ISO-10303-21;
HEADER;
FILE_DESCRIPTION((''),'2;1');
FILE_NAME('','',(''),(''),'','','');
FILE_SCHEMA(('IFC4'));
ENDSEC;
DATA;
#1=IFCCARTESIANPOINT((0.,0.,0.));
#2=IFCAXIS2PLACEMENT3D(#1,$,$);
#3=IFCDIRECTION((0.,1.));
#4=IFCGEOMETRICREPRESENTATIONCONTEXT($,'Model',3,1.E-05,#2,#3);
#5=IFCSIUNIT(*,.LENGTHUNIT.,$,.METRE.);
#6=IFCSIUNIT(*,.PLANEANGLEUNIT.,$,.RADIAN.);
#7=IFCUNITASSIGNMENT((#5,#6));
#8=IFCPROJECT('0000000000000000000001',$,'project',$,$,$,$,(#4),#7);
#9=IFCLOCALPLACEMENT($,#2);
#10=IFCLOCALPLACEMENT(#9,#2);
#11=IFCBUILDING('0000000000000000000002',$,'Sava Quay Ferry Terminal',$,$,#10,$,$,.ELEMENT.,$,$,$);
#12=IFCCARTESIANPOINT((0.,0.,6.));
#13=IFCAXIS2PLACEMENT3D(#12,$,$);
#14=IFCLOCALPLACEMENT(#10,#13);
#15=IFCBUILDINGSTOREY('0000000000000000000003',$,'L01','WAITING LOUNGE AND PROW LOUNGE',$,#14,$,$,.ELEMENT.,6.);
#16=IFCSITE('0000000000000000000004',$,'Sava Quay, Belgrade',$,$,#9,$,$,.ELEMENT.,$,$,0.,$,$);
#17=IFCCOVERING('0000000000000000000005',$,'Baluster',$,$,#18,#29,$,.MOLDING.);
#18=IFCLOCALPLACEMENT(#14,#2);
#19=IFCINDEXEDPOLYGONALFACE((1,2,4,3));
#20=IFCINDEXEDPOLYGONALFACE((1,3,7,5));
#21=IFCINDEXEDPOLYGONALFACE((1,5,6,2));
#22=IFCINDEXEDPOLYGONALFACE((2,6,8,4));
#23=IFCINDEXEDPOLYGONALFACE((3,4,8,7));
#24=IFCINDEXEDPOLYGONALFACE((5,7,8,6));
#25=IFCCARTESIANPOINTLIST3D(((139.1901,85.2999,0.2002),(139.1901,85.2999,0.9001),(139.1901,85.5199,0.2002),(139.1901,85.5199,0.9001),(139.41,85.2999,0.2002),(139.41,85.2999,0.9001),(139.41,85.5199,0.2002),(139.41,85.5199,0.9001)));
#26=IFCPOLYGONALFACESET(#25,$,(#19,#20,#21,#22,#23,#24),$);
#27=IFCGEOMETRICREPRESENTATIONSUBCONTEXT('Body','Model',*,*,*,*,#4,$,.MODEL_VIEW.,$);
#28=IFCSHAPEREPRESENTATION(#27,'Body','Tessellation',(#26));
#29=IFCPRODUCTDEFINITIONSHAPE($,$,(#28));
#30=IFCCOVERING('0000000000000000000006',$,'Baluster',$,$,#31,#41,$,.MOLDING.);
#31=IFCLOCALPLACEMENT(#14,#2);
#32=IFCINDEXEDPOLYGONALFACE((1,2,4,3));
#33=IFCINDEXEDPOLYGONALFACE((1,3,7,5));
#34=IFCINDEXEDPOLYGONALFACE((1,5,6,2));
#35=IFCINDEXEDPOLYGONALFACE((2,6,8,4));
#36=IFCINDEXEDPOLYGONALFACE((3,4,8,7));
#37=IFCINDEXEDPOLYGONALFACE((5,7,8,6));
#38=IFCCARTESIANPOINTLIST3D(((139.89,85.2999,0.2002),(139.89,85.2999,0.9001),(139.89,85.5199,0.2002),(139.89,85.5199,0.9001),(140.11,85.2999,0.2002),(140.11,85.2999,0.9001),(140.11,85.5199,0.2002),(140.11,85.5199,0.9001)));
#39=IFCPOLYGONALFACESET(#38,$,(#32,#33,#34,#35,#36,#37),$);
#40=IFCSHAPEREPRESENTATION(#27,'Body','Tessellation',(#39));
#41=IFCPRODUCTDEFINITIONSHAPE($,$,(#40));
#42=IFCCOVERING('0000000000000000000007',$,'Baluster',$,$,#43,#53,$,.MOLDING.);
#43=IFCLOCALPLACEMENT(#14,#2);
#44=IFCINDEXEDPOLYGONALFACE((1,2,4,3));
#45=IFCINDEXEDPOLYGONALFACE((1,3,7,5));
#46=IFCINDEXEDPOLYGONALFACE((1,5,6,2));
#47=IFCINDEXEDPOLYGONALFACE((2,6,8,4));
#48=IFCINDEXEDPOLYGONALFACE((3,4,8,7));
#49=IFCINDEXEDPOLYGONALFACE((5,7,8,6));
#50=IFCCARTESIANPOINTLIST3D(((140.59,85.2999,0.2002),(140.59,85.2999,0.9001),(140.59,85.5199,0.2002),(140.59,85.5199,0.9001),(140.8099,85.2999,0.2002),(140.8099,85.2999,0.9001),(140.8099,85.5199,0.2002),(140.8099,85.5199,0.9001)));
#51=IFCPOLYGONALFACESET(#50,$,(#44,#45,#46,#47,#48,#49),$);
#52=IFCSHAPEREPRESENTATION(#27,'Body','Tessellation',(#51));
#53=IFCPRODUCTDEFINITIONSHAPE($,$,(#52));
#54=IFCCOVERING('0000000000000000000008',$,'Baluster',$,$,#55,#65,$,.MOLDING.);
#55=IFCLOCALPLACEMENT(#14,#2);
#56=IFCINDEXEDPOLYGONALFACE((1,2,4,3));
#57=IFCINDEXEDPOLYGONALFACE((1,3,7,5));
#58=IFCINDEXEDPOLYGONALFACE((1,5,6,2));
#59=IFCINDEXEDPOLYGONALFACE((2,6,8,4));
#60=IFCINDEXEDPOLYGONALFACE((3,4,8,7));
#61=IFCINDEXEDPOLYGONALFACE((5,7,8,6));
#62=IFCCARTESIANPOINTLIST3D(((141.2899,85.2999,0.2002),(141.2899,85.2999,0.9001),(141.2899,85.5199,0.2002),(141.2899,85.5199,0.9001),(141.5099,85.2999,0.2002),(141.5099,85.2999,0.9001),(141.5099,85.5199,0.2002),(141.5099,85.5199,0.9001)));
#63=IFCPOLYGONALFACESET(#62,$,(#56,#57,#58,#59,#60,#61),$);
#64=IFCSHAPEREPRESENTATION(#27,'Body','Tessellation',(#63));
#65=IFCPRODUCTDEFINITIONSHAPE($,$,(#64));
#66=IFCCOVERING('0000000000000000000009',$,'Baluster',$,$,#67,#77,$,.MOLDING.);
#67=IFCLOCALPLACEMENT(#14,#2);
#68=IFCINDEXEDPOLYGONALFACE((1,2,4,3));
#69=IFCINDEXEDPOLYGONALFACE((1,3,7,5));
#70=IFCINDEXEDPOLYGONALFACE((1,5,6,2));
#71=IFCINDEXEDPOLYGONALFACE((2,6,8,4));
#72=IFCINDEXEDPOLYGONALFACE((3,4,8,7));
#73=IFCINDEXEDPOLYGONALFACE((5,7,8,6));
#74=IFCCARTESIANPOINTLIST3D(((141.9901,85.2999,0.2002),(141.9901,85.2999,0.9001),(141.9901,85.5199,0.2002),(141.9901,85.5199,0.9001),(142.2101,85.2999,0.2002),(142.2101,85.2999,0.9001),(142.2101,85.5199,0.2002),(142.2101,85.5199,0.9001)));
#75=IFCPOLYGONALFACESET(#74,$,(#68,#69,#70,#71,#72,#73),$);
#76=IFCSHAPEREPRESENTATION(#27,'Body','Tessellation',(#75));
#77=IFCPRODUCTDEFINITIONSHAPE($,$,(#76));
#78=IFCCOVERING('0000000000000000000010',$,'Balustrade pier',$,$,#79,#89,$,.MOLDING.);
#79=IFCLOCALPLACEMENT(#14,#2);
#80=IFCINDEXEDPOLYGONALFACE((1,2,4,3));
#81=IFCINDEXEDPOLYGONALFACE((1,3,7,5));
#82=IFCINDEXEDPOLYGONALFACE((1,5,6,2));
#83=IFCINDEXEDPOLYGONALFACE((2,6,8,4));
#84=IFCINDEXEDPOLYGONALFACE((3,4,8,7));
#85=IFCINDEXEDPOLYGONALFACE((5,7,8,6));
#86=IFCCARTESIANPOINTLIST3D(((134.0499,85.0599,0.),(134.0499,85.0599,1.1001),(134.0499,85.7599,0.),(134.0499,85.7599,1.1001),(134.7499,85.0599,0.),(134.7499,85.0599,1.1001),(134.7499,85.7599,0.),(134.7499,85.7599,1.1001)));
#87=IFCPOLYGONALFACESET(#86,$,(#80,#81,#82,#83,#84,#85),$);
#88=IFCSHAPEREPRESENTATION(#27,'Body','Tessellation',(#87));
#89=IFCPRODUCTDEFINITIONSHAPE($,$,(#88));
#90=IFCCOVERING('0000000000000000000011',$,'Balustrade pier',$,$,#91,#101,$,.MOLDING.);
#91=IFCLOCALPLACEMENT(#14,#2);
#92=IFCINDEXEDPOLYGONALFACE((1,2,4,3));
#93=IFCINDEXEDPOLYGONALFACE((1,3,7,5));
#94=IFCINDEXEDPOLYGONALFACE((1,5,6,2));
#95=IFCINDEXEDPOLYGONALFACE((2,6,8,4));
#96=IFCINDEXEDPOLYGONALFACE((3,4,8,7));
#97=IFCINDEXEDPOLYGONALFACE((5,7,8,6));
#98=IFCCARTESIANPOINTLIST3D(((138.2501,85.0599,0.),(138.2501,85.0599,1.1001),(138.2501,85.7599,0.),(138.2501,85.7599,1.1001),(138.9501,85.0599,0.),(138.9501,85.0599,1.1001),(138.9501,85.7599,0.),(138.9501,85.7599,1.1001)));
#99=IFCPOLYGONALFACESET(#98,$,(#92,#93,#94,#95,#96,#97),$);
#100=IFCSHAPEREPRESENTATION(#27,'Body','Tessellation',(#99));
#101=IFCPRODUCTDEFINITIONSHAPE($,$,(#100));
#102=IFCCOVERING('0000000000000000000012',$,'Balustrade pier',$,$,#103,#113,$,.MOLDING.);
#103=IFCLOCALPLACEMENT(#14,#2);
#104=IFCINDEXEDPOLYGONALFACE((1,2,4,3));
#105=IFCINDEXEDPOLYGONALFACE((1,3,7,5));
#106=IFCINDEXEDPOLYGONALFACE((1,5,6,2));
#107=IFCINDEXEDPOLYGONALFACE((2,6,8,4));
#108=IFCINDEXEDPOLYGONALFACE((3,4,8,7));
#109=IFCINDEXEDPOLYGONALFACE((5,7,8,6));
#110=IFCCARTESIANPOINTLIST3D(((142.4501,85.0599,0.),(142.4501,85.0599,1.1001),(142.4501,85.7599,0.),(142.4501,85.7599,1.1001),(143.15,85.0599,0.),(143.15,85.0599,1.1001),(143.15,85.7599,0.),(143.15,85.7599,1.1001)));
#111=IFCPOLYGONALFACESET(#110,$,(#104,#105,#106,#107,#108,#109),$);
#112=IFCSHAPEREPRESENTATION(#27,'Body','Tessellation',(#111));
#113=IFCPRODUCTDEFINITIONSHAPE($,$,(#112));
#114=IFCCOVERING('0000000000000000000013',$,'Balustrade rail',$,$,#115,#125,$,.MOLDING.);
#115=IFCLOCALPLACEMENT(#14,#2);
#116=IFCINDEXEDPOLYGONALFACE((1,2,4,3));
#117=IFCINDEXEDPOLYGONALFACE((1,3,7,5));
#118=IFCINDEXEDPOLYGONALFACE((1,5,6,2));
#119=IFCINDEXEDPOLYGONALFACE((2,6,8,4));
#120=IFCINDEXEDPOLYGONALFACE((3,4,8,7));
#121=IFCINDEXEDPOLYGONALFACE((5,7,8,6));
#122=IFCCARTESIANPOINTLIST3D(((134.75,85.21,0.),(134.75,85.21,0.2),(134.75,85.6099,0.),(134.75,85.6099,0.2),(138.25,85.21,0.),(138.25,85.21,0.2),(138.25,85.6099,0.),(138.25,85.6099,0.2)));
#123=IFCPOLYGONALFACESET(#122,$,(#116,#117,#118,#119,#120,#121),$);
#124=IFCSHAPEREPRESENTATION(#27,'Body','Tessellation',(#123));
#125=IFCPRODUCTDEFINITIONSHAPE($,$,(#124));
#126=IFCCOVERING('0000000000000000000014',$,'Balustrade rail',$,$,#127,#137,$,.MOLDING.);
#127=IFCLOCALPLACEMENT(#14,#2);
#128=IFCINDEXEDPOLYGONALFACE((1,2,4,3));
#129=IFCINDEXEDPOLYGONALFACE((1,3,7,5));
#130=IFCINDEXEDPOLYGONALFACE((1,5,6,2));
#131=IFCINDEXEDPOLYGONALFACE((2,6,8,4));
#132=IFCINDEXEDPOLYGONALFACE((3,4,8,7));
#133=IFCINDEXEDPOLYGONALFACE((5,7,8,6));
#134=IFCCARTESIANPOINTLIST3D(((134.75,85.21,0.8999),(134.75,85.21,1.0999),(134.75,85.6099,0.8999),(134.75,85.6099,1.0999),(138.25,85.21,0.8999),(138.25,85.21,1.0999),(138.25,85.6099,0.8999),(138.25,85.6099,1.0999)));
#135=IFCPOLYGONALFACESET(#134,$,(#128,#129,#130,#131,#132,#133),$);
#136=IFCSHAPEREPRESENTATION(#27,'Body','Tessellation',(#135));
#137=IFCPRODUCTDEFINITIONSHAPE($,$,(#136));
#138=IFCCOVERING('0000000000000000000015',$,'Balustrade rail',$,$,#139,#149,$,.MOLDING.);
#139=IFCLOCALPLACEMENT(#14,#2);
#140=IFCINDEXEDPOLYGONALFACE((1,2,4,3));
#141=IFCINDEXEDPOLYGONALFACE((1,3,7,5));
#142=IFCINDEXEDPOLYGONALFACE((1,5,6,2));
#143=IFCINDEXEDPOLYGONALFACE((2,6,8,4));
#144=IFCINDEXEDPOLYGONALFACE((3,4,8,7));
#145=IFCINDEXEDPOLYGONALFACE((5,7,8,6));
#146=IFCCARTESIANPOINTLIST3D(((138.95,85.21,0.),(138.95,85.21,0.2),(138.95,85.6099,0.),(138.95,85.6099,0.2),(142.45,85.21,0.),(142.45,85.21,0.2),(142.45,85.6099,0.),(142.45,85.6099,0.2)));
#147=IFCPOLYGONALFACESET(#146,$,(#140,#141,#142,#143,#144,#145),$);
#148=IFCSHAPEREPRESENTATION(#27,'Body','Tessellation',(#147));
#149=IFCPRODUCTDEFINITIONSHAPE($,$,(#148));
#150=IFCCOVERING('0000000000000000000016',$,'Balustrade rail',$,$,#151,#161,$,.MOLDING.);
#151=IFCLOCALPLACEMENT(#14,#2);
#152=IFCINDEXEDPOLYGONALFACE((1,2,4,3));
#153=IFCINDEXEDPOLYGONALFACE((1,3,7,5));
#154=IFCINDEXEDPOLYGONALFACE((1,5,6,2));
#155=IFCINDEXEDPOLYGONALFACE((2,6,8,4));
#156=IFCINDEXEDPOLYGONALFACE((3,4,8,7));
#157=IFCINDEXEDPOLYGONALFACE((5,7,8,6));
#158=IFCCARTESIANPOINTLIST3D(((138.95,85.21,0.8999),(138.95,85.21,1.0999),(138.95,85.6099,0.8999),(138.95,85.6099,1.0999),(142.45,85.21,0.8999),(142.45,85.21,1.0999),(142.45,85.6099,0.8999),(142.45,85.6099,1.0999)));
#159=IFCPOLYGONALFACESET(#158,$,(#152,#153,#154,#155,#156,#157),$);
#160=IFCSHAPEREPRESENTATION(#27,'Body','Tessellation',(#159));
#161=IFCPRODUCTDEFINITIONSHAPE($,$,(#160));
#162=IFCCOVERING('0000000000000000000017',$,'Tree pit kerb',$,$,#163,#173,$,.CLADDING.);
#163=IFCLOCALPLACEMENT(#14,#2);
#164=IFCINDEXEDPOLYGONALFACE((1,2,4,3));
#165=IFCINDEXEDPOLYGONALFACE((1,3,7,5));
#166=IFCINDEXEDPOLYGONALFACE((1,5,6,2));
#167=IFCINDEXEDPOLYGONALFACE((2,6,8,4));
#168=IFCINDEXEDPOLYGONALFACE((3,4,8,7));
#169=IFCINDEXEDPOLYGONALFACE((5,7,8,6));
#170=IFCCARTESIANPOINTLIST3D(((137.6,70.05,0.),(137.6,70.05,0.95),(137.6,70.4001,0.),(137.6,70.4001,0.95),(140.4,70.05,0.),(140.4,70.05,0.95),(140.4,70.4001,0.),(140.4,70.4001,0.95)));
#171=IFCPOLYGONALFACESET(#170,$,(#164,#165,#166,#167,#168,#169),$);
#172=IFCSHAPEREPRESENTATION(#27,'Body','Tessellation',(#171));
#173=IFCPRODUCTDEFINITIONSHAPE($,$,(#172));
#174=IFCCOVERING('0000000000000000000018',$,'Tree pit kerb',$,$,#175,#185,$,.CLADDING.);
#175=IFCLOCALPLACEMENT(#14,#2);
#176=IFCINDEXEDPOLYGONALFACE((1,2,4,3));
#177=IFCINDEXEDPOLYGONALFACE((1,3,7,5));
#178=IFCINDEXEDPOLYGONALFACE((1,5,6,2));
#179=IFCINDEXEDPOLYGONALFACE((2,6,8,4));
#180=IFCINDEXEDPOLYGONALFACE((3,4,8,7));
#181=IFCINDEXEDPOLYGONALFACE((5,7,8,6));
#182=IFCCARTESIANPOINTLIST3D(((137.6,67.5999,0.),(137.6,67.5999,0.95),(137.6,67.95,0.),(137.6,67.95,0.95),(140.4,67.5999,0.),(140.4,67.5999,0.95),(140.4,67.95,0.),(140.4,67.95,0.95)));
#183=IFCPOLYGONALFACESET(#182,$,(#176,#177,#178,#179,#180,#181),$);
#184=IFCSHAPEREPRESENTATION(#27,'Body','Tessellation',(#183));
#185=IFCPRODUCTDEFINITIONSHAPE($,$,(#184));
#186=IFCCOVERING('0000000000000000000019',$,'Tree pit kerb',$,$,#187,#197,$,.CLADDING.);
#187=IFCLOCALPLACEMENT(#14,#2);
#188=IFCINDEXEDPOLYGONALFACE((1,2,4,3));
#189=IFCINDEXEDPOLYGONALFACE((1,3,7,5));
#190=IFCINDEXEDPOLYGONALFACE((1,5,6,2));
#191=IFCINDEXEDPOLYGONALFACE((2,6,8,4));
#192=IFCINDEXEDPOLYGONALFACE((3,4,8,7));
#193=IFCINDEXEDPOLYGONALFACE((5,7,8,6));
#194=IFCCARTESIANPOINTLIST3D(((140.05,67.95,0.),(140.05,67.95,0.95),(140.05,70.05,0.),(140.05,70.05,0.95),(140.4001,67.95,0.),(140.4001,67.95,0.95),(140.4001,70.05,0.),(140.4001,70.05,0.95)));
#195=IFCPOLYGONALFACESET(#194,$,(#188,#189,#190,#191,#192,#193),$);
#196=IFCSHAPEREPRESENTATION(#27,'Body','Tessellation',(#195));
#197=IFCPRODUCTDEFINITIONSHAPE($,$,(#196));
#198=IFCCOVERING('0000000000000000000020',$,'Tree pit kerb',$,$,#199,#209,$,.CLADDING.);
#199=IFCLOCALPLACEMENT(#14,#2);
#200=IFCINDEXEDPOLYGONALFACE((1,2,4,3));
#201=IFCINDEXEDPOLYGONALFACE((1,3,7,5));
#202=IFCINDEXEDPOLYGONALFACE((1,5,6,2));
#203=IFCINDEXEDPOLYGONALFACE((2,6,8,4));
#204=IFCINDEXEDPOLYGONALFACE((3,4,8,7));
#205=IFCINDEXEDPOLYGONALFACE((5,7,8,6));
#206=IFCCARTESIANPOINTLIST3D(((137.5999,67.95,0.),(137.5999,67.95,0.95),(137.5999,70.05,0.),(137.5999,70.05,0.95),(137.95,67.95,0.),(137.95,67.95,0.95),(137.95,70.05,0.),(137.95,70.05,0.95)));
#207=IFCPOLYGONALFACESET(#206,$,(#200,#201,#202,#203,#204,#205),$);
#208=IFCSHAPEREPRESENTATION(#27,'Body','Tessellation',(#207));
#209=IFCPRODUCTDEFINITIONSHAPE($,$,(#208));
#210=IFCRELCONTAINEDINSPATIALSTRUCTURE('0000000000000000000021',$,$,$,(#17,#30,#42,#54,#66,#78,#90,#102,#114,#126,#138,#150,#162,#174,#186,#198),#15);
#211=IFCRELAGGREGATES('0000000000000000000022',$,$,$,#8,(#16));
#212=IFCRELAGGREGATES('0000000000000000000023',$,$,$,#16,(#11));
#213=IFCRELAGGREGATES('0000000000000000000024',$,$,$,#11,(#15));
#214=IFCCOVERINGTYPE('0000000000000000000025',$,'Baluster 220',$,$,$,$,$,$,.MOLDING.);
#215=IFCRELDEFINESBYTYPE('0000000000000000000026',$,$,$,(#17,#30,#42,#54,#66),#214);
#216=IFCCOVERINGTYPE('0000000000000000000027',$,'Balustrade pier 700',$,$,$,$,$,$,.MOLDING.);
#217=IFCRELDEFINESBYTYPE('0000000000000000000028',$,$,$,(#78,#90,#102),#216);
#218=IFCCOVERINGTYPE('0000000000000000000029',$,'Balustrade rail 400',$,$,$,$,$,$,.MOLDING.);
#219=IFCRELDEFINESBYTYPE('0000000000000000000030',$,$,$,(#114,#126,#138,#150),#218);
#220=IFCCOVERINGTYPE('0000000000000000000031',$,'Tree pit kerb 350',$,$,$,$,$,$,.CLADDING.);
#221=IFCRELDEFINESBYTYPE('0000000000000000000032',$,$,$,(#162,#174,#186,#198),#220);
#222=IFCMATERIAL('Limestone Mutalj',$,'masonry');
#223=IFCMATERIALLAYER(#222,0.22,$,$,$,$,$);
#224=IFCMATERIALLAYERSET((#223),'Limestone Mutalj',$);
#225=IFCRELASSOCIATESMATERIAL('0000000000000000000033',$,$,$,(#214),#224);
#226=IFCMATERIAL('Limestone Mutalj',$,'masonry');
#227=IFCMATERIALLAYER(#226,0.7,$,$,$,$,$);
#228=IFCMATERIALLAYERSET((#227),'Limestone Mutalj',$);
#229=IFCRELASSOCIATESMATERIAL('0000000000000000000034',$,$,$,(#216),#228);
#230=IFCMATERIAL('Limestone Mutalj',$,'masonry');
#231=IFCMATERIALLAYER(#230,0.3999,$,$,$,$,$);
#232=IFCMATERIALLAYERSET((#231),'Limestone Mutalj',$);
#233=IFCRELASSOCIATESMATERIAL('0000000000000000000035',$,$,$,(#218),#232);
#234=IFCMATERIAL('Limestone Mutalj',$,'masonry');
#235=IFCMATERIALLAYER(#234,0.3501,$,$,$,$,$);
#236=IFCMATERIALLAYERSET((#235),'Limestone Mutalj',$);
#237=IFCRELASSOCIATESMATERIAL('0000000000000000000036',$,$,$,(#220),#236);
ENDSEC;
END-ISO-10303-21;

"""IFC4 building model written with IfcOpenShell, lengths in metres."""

from ifc_helpers import new_model, si_unit, direction, frame, origin, origin_2d, place, context, subcontext, project, spatial, rectangle, extrude, material, layer, layer_set, type_object, element, save


model = new_model("IFC4")

# Units and contexts
model_context = context("Model", 3, precision=1e-05, world=origin(), true_north=direction((0.0, 1.0)))
body_context = subcontext(model_context, "Body", "Model", "MODEL_VIEW")
ifc_project = project(units=[si_unit("LENGTHUNIT", "METRE"), si_unit("PLANEANGLEUNIT", "RADIAN")], contexts=[model_context])

# Site, building, storey
site_placement = place(None, origin())
site = spatial("IfcSite", under=ifc_project, at=site_placement, Name="Sava Quay, Belgrade", CompositionType="ELEMENT", RefElevation=0.0)
building_placement = place(site_placement, origin())
building = spatial("IfcBuilding", under=site, at=building_placement, Name="Sava Quay Ferry Terminal", CompositionType="ELEMENT")
storey_placement = place(building_placement, frame((0.0, 0.0, 6.0)))
storey = spatial("IfcBuildingStorey", under=building, at=storey_placement, Name="L01", Description="WAITING LOUNGE AND PROW LOUNGE", CompositionType="ELEMENT", Elevation=6.0)

# Coverings
ifc_material_1 = material(Name="Limestone Mutalj", Category="masonry")
ifc_layer_1 = layer(ifc_material_1, 0.22)
ifc_layer_set_1 = layer_set([ifc_layer_1], Name="Limestone Mutalj")
covering_type_1 = type_object("IfcCoveringType", Name="Baluster 220", PredefinedType="MOLDING", material=ifc_layer_set_1)
for number, where, z_axis, x_axis, name in (
    (1, (139.3, 85.4099, 0.2002), (0.0, 0.0, 1.0), (1.0, 0.0, 0.0), "Baluster"),
    (2, (140.0, 85.4099, 0.2002), (0.0, 0.0, 1.0), (1.0, 0.0, 0.0), "Baluster"),
    (3, (140.7, 85.4099, 0.2002), (0.0, 0.0, 1.0), (1.0, 0.0, 0.0), "Baluster"),
    (4, (141.3999, 85.4099, 0.2002), (0.0, 0.0, 1.0), (1.0, 0.0, 0.0), "Baluster"),
    (5, (142.1001, 85.4099, 0.2002), (0.0, 0.0, 1.0), (1.0, 0.0, 0.0), "Baluster"),
):
    element("IfcCovering", number, at=place(storey_placement, frame(where, z_axis=z_axis, x_axis=x_axis)), inside=storey, type_object=covering_type_1, Name=name, PredefinedType="MOLDING", context=body_context, shape_type="SweptSolid", body=[
        extrude(rectangle(XDim=0.22, YDim=0.22, at=origin_2d()), origin(), (0.0, 0.0, 1.0), 0.7),
    ])
ifc_material_2 = material(Name="Limestone Mutalj", Category="masonry")
ifc_layer_2 = layer(ifc_material_2, 0.7)
ifc_layer_set_2 = layer_set([ifc_layer_2], Name="Limestone Mutalj")
covering_type_2 = type_object("IfcCoveringType", Name="Balustrade pier 700", PredefinedType="MOLDING", material=ifc_layer_set_2)
for number, where, z_axis, x_axis, name in (
    (6, (134.3999, 85.4099, 0.0), (0.0, 0.0, 1.0), (1.0, 0.0, 0.0), "Balustrade pier"),
    (7, (138.6001, 85.4099, 0.0), (0.0, 0.0, 1.0), (1.0, 0.0, 0.0), "Balustrade pier"),
    (8, (142.8, 85.4099, 0.0), (0.0, 0.0, 1.0), (1.0, 0.0, 0.0), "Balustrade pier"),
):
    element("IfcCovering", number, at=place(storey_placement, frame(where, z_axis=z_axis, x_axis=x_axis)), inside=storey, type_object=covering_type_2, Name=name, PredefinedType="MOLDING", context=body_context, shape_type="SweptSolid", body=[
        extrude(rectangle(XDim=0.7, YDim=0.7, at=origin_2d()), origin(), (0.0, 0.0, 1.0), 1.1001),
    ])
ifc_material_3 = material(Name="Limestone Mutalj", Category="masonry")
ifc_layer_3 = layer(ifc_material_3, 0.3999)
ifc_layer_set_3 = layer_set([ifc_layer_3], Name="Limestone Mutalj")
covering_type_3 = type_object("IfcCoveringType", Name="Balustrade rail 400", PredefinedType="MOLDING", material=ifc_layer_set_3)
for number, where, z_axis, x_axis, name in (
    (9, (136.5, 85.4099, 0.0), (0.0, 0.0, 1.0), (1.0, 0.0, 0.0), "Balustrade rail"),
    (10, (136.5, 85.4099, 0.8999), (0.0, 0.0, 1.0), (1.0, 0.0, 0.0), "Balustrade rail"),
    (11, (140.7, 85.4099, 0.0), (0.0, 0.0, 1.0), (1.0, 0.0, 0.0), "Balustrade rail"),
    (12, (140.7, 85.4099, 0.8999), (0.0, 0.0, 1.0), (1.0, 0.0, 0.0), "Balustrade rail"),
):
    element("IfcCovering", number, at=place(storey_placement, frame(where, z_axis=z_axis, x_axis=x_axis)), inside=storey, type_object=covering_type_3, Name=name, PredefinedType="MOLDING", context=body_context, shape_type="SweptSolid", body=[
        extrude(rectangle(XDim=3.5, YDim=0.3999, at=origin_2d()), origin(), (0.0, 0.0, 1.0), 0.2),
    ])
ifc_material_4 = material(Name="Limestone Mutalj", Category="masonry")
ifc_layer_4 = layer(ifc_material_4, 0.3501)
ifc_layer_set_4 = layer_set([ifc_layer_4], Name="Limestone Mutalj")
covering_type_4 = type_object("IfcCoveringType", Name="Tree pit kerb 350", PredefinedType="CLADDING", material=ifc_layer_set_4)
for number, where, z_axis, x_axis, name in (
    (13, (139.0, 70.2251, 0.0), (0.0, 0.0, 1.0), (1.0, 0.0, 0.0), "Tree pit kerb"),
    (14, (139.0, 67.7749, 0.0), (0.0, 0.0, 1.0), (1.0, 0.0, 0.0), "Tree pit kerb"),
):
    element("IfcCovering", number, at=place(storey_placement, frame(where, z_axis=z_axis, x_axis=x_axis)), inside=storey, type_object=covering_type_4, Name=name, PredefinedType="CLADDING", context=body_context, shape_type="SweptSolid", body=[
        extrude(rectangle(XDim=2.8, YDim=0.3501, at=origin_2d()), origin(), (0.0, 0.0, 1.0), 0.95),
    ])
for number, where, z_axis, x_axis, name in (
    (15, (140.2251, 69.0, 0.0), (0.0, 0.0, 1.0), (1.0, 0.0, 0.0), "Tree pit kerb"),
    (16, (137.7749, 69.0, 0.0), (0.0, 0.0, 1.0), (1.0, 0.0, 0.0), "Tree pit kerb"),
):
    element("IfcCovering", number, at=place(storey_placement, frame(where, z_axis=z_axis, x_axis=x_axis)), inside=storey, type_object=covering_type_4, Name=name, PredefinedType="CLADDING", context=body_context, shape_type="SweptSolid", body=[
        extrude(rectangle(XDim=0.3501, YDim=2.1001, at=origin_2d()), origin(), (0.0, 0.0, 1.0), 0.95),
    ])

save(model, "model.ifc")
